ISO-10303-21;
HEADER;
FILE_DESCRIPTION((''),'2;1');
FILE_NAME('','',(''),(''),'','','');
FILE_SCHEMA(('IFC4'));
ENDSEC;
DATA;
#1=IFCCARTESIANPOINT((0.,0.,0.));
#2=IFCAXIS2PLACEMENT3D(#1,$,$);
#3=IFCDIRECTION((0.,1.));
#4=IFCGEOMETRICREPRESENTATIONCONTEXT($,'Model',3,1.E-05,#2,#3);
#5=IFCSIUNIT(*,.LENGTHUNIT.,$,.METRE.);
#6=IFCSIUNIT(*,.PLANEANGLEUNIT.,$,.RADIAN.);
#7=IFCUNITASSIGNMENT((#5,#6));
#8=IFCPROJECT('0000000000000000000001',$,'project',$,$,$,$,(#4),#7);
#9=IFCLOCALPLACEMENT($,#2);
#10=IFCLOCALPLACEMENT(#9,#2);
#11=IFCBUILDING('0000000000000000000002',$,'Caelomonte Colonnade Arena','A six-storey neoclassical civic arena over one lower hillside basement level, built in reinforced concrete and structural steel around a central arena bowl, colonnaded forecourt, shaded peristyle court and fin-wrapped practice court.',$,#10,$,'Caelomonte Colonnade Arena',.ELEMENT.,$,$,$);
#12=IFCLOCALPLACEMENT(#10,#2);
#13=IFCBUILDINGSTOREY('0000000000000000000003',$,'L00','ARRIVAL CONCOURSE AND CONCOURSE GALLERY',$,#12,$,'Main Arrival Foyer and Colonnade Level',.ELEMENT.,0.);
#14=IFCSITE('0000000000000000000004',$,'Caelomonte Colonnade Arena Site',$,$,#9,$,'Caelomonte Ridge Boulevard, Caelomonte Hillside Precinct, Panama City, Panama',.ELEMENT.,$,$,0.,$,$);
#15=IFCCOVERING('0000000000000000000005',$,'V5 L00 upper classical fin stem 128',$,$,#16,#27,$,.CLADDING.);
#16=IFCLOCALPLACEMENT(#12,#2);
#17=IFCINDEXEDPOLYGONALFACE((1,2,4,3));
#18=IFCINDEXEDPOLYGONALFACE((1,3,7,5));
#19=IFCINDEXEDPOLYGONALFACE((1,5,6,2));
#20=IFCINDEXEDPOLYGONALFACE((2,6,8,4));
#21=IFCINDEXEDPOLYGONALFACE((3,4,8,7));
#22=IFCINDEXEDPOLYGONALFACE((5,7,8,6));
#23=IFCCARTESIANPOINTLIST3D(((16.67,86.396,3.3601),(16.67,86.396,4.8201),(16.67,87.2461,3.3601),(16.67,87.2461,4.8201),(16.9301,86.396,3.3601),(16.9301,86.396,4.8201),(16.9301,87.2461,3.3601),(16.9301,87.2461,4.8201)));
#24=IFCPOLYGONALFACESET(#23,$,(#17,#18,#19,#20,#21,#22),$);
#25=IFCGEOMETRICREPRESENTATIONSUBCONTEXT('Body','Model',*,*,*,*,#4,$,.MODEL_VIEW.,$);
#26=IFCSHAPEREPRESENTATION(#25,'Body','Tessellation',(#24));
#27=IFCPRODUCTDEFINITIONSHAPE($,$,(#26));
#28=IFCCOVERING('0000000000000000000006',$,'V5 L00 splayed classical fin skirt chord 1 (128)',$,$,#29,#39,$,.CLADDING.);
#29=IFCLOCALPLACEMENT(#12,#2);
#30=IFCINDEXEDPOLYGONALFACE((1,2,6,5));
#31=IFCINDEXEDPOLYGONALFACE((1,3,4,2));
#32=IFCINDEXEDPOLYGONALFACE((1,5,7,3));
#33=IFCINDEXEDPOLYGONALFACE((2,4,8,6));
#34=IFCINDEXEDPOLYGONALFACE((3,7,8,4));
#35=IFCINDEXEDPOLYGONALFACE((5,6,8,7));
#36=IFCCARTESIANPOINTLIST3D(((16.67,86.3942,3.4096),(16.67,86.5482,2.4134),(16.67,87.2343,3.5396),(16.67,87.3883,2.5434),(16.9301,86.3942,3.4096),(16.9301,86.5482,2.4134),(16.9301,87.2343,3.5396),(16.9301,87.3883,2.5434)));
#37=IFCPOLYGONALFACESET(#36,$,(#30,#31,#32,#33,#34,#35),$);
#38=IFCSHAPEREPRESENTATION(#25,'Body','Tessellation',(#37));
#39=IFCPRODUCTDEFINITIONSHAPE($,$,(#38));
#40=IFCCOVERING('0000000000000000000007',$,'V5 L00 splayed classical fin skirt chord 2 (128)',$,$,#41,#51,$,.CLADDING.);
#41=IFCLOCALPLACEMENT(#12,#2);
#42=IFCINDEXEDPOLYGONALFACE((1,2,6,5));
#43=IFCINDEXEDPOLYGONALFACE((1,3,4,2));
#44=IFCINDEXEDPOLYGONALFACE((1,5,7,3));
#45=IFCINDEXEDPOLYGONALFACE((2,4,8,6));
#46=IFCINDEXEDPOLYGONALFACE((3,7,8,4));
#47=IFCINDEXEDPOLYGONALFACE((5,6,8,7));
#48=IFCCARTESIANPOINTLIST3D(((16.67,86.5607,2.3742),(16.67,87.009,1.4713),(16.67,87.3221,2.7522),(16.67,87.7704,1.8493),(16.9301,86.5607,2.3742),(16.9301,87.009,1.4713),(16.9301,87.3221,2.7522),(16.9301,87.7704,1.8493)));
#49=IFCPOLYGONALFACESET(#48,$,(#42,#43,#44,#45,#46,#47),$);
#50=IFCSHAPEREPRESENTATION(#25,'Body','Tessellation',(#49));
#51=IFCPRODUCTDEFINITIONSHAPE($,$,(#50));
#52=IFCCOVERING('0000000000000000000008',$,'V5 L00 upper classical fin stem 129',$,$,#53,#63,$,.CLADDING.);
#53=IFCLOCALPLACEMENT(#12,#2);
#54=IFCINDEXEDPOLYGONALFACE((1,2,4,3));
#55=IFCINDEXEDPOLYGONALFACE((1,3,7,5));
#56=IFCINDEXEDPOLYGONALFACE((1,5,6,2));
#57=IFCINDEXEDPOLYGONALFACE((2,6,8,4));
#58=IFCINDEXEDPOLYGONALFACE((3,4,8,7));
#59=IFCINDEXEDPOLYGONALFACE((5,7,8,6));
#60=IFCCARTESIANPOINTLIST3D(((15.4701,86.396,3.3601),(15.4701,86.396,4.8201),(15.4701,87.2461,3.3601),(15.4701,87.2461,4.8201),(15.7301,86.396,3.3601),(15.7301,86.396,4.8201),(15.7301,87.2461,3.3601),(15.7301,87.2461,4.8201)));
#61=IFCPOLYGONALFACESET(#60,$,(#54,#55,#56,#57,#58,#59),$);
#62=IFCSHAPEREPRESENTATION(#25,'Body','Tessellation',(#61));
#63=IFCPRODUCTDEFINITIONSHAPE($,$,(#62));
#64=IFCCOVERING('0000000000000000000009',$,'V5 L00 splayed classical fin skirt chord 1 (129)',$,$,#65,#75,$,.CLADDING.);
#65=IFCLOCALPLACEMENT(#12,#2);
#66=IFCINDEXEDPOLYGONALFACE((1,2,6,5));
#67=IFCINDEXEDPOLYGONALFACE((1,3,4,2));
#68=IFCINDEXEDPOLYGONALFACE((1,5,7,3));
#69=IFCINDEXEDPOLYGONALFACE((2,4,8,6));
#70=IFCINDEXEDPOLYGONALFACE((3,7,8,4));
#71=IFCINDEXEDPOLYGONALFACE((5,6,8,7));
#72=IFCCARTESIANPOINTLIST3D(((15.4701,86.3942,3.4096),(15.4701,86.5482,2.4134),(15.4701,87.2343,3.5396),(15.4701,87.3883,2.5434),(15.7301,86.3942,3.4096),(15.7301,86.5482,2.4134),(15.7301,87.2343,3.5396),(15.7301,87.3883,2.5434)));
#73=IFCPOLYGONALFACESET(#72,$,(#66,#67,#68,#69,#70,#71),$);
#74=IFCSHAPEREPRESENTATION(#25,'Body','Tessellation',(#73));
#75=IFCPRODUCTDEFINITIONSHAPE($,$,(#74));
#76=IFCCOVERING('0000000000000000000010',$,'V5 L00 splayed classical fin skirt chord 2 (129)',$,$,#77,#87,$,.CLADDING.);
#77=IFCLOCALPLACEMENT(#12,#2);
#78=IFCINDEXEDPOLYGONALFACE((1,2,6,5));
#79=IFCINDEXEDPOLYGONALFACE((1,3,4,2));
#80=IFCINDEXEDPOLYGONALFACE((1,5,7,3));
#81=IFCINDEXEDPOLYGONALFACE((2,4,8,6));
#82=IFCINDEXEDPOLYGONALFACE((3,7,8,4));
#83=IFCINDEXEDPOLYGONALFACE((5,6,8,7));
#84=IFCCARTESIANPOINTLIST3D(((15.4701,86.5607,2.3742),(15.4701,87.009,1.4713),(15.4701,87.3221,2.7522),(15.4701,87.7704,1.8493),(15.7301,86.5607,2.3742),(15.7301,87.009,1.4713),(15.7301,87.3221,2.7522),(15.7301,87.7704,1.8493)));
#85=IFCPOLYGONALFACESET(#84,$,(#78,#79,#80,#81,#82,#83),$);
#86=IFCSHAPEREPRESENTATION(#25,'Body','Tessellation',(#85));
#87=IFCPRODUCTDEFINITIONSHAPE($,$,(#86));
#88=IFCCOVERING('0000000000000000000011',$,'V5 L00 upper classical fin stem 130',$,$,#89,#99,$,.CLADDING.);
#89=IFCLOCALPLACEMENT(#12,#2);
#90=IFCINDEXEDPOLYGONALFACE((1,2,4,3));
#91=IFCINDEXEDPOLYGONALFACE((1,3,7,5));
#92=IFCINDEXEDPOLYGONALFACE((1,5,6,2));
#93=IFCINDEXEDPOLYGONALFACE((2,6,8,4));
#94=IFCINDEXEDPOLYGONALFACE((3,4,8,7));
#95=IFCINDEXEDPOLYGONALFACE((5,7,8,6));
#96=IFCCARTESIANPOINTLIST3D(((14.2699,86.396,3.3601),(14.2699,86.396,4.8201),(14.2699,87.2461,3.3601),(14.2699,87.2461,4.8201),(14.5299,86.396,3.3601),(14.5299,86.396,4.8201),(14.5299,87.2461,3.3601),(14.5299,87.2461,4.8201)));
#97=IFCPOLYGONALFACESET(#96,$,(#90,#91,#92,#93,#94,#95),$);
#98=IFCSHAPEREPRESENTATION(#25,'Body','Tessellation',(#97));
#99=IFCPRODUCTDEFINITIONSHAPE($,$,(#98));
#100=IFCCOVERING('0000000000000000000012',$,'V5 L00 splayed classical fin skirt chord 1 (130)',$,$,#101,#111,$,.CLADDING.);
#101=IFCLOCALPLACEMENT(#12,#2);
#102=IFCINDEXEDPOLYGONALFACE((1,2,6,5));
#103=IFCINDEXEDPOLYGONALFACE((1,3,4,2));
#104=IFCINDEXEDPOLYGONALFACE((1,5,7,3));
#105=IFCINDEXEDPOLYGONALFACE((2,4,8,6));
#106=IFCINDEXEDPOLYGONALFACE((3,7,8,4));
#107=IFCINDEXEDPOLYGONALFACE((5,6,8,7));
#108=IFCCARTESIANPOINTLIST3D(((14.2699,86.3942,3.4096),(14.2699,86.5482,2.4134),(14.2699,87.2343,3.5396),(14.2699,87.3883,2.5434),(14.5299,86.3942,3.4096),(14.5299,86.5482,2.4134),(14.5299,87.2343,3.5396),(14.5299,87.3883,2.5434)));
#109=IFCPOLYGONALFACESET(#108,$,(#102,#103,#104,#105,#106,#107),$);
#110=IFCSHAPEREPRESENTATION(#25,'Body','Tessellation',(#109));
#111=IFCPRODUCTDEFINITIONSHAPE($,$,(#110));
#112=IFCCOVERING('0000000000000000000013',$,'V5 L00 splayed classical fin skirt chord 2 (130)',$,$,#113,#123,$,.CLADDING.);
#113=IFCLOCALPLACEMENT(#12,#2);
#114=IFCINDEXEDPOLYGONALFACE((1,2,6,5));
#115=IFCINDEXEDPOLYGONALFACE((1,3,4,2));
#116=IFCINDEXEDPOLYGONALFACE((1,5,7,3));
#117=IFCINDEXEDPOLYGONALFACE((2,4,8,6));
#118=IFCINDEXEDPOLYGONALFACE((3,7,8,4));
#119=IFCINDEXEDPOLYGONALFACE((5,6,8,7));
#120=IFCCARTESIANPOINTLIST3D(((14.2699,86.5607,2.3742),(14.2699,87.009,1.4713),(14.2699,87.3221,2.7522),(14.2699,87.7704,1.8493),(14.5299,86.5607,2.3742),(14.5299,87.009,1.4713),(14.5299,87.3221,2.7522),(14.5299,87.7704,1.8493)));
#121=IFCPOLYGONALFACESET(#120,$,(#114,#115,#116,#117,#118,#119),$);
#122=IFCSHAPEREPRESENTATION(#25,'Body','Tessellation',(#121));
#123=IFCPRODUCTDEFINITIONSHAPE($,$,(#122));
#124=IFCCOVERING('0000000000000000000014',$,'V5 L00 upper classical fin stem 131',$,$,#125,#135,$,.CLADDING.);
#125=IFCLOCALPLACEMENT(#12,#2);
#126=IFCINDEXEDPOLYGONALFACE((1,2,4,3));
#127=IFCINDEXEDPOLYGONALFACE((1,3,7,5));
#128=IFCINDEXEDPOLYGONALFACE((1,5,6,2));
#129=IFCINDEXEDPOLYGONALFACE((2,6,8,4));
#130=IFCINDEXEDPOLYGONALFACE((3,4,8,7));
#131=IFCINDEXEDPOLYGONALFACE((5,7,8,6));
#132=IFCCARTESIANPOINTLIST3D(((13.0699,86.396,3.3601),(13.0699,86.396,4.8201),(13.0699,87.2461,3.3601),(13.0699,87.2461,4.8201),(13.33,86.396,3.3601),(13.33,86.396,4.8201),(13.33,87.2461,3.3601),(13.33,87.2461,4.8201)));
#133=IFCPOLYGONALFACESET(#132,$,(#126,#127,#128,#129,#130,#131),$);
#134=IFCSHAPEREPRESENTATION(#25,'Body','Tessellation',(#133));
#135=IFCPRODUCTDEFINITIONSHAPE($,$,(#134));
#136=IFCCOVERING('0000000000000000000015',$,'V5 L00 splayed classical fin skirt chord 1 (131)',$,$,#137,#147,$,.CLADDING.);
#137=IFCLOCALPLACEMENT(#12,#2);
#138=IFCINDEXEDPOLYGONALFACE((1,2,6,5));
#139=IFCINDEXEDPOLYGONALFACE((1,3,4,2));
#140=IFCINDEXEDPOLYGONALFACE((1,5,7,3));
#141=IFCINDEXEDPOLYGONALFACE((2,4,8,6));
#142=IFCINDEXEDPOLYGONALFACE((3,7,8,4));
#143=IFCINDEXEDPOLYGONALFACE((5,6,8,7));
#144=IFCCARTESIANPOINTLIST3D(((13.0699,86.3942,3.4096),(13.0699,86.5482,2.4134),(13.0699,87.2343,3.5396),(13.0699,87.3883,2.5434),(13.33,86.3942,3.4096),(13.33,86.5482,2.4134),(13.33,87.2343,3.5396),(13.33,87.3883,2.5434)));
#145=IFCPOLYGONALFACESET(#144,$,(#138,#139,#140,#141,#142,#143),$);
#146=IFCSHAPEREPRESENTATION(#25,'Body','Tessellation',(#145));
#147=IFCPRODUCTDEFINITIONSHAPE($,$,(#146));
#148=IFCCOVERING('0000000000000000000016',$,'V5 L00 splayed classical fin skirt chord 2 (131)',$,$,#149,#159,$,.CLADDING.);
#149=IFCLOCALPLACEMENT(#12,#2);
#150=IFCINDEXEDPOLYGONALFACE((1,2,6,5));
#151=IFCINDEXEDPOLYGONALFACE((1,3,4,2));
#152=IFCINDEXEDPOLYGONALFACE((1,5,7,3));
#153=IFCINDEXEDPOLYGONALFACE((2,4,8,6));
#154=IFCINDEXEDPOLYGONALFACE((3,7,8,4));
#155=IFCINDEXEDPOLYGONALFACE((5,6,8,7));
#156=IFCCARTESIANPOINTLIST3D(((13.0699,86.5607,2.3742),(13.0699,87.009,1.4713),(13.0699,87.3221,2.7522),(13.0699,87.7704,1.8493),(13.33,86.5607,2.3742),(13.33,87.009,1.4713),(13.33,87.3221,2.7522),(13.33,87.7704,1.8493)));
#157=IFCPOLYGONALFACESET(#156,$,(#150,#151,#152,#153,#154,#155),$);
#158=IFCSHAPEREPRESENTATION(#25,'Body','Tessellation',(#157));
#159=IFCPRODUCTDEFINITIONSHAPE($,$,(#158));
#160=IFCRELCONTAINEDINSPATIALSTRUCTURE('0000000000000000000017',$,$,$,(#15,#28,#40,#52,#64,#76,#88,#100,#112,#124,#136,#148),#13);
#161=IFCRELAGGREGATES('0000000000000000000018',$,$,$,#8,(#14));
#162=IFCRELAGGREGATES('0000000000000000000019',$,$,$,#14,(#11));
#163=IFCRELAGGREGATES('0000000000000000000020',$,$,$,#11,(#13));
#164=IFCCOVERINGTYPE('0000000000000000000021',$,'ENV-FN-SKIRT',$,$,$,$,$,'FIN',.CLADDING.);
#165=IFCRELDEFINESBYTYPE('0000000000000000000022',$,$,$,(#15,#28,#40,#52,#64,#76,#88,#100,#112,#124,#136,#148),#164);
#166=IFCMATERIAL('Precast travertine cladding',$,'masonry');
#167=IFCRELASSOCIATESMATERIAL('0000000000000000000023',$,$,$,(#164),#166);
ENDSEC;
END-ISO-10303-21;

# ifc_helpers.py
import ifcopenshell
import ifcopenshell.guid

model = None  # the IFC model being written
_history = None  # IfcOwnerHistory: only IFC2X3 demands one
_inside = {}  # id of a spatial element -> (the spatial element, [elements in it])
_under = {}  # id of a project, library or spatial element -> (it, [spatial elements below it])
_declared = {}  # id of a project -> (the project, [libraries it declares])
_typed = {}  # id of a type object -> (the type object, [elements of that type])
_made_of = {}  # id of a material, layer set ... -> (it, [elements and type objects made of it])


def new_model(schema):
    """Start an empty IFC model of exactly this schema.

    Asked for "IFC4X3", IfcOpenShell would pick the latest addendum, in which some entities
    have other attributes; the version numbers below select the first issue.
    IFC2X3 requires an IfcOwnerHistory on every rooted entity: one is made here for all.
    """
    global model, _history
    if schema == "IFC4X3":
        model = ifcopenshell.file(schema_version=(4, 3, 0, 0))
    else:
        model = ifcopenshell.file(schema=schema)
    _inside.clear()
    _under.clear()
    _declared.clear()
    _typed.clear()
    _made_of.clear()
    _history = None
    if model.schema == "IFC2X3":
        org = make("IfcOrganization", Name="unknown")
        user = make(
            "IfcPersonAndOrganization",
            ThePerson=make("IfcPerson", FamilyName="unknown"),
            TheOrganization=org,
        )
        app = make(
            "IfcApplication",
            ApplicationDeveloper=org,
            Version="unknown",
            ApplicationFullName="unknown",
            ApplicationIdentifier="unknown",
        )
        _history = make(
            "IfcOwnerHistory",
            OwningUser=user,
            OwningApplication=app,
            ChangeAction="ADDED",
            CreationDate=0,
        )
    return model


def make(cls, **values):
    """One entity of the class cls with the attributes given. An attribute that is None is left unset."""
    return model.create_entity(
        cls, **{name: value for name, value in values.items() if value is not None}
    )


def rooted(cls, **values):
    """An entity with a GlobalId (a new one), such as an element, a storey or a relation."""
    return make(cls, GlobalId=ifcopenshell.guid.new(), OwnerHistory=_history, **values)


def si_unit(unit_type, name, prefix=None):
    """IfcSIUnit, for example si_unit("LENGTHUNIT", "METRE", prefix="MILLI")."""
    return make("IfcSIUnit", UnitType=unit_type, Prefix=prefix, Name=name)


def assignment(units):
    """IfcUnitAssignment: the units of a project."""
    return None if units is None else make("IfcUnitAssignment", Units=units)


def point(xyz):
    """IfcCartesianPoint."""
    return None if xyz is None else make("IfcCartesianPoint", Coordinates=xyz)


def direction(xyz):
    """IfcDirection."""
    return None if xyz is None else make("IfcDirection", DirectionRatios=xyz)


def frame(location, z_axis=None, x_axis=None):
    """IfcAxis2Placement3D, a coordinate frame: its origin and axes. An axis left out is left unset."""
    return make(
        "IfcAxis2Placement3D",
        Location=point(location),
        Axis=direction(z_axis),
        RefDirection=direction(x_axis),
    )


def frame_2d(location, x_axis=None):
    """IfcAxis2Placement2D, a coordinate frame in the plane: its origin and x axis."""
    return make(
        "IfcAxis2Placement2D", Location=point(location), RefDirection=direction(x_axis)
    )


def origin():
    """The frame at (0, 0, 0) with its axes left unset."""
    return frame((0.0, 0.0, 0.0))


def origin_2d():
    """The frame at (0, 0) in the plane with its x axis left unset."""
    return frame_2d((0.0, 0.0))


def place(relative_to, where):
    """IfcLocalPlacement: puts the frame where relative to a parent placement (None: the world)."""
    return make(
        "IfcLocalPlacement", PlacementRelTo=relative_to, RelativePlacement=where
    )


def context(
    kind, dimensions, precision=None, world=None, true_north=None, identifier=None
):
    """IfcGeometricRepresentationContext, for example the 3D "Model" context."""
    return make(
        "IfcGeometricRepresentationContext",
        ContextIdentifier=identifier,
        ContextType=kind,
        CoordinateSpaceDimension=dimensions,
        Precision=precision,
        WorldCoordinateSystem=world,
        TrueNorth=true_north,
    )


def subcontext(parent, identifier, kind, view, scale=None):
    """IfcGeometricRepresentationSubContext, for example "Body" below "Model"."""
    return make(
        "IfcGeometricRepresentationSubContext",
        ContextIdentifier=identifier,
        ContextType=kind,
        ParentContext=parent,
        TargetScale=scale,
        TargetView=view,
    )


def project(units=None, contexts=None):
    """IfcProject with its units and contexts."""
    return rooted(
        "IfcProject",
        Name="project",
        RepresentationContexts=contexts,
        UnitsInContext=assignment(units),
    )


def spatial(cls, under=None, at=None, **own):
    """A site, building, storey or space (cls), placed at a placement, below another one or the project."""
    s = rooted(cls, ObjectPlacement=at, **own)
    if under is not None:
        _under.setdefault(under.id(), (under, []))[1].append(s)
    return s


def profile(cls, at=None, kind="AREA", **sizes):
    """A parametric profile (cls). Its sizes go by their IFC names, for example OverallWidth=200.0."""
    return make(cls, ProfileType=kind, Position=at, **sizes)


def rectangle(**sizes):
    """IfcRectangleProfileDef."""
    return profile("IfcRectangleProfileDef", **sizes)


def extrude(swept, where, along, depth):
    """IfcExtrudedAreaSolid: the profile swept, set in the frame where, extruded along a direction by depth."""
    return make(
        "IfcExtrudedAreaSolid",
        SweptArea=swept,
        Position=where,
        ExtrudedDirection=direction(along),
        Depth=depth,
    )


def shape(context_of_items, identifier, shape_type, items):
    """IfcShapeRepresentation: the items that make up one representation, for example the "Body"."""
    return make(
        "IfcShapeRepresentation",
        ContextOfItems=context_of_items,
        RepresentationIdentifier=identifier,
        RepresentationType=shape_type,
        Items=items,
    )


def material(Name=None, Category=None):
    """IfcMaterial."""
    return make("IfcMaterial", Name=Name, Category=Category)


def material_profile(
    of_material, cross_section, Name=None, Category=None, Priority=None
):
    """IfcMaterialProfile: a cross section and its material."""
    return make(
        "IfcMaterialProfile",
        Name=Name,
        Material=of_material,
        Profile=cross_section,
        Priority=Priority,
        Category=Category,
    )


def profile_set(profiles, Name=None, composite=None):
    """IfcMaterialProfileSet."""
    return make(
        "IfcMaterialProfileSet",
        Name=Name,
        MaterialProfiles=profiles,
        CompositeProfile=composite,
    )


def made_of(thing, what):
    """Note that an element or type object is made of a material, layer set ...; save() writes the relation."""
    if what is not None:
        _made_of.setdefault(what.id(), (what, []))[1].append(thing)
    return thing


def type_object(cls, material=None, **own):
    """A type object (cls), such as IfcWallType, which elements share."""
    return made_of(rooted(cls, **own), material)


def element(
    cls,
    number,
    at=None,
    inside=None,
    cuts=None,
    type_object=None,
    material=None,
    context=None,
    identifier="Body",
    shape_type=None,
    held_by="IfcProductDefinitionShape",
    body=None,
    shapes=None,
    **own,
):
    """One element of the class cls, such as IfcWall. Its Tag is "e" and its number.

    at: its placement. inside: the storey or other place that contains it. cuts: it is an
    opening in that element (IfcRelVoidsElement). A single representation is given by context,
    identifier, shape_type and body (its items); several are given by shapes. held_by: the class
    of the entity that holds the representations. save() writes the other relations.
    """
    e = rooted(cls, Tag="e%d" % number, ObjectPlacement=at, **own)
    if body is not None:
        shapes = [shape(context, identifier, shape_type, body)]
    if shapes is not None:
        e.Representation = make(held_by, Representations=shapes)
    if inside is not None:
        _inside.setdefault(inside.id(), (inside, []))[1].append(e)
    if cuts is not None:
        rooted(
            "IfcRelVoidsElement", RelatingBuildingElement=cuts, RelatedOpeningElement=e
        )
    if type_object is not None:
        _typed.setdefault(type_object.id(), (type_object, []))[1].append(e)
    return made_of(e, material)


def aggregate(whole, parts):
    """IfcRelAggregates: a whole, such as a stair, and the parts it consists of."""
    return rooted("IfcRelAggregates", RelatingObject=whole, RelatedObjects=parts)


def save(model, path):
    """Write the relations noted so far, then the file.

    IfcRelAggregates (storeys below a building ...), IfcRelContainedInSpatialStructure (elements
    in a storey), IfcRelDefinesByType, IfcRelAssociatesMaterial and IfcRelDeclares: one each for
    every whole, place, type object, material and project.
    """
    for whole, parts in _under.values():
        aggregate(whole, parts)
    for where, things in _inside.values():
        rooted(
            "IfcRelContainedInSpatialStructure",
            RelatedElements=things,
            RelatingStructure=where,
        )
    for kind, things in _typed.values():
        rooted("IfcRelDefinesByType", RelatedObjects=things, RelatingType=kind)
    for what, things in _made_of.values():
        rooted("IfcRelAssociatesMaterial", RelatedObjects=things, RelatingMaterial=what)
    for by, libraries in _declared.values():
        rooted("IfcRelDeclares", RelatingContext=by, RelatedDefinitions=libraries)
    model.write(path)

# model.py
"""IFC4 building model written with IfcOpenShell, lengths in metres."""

from ifc_helpers import new_model, si_unit, direction, frame, origin, origin_2d, place, context, subcontext, project, spatial, rectangle, extrude, material, material_profile, profile_set, type_object, element, save


model = new_model("IFC4")

# Units and contexts
model_context = context("Model", 3, precision=1e-05, world=origin(), true_north=direction((0.0, 1.0)))
body_context = subcontext(model_context, "Body", "Model", "MODEL_VIEW")
ifc_project = project(units=[si_unit("LENGTHUNIT", "METRE"), si_unit("PLANEANGLEUNIT", "RADIAN")], contexts=[model_context])

# Site, building, storey
site_placement = place(None, origin())
site = spatial("IfcSite", under=ifc_project, at=site_placement, Name="Caelomonte Colonnade Arena Site", LongName="Caelomonte Ridge Boulevard, Caelomonte Hillside Precinct, Panama City, Panama", CompositionType="ELEMENT", RefElevation=0.0)
building_placement = place(site_placement, origin())
building = spatial("IfcBuilding", under=site, at=building_placement, Name="Caelomonte Colonnade Arena", Description="A six-storey neoclassical civic arena over one lower hillside basement level, built in reinforced concrete and structural steel around a central arena bowl, colonnaded forecourt, shaded peristyle court and fin-wrapped practice court.", LongName="Caelomonte Colonnade Arena", CompositionType="ELEMENT")
storey_placement = place(building_placement, origin())
storey = spatial("IfcBuildingStorey", under=building, at=storey_placement, Name="L00", Description="ARRIVAL CONCOURSE AND CONCOURSE GALLERY", LongName="Main Arrival Foyer and Colonnade Level", CompositionType="ELEMENT", Elevation=0.0)

# Coverings
ifc_material_1 = material(Name="Precast travertine cladding", Category="masonry")
ifc_material_profile_1 = material_profile(ifc_material_1, rectangle(XDim=0.26, YDim=0.8501, at=origin_2d()), Name="FIN260X850")
ifc_profile_set_1 = profile_set([ifc_material_profile_1], Name="Precast travertine cladding")
covering_type = type_object("IfcCoveringType", Name="ENV-FN-SKIRT", ElementType="FIN", PredefinedType="CLADDING", material=ifc_profile_set_1)
covering_1_placement = place(storey_placement, frame((16.8, 86.821, 3.3601), z_axis=(0.0, 0.0, 1.0), x_axis=(1.0, 0.0, 0.0)))
element("IfcCovering", 1, at=covering_1_placement, inside=storey, type_object=covering_type, Name="V5 L00 upper classical fin stem 128", PredefinedType="CLADDING", context=body_context, shape_type="SweptSolid", body=[
    extrude(rectangle(XDim=0.26, YDim=0.8501, at=origin_2d()), origin(), (0.0, 0.0, 1.0), 1.46),
])
for number, where, z_axis, x_axis, name in (
    (2, (16.8, 86.8142, 3.4746), (0.0, 0.15284, -0.988251), (-1.0, 0.0, 0.0), "V5 L00 splayed classical fin skirt chord 1 (128)"),
    (3, (16.8, 86.9414, 2.5632), (0.0, 0.444693, -0.895683), (-1.0, 0.0, 0.0), "V5 L00 splayed classical fin skirt chord 2 (128)"),
):
    element("IfcCovering", number, at=place(storey_placement, frame(where, z_axis=z_axis, x_axis=x_axis)), inside=storey, type_object=covering_type, Name=name, PredefinedType="CLADDING", context=body_context, shape_type="SweptSolid", body=[
        extrude(rectangle(XDim=0.26, YDim=0.8501, at=origin_2d()), origin(), (0.0, 0.0, 1.0), 1.0081),
    ])
covering_2_placement = place(storey_placement, frame((15.6001, 86.821, 3.3601), z_axis=(0.0, 0.0, 1.0), x_axis=(1.0, 0.0, 0.0)))
element("IfcCovering", 4, at=covering_2_placement, inside=storey, type_object=covering_type, Name="V5 L00 upper classical fin stem 129", PredefinedType="CLADDING", context=body_context, shape_type="SweptSolid", body=[
    extrude(rectangle(XDim=0.26, YDim=0.8501, at=origin_2d()), origin(), (0.0, 0.0, 1.0), 1.46),
])
for number, where, z_axis, x_axis, name in (
    (5, (15.6001, 86.8142, 3.4746), (0.0, 0.15284, -0.988251), (-1.0, 0.0, 0.0), "V5 L00 splayed classical fin skirt chord 1 (129)"),
    (6, (15.6001, 86.9414, 2.5632), (0.0, 0.444693, -0.895683), (-1.0, 0.0, 0.0), "V5 L00 splayed classical fin skirt chord 2 (129)"),
):
    element("IfcCovering", number, at=place(storey_placement, frame(where, z_axis=z_axis, x_axis=x_axis)), inside=storey, type_object=covering_type, Name=name, PredefinedType="CLADDING", context=body_context, shape_type="SweptSolid", body=[
        extrude(rectangle(XDim=0.26, YDim=0.8501, at=origin_2d()), origin(), (0.0, 0.0, 1.0), 1.0081),
    ])
covering_3_placement = place(storey_placement, frame((14.3999, 86.821, 3.3601), z_axis=(0.0, 0.0, 1.0), x_axis=(1.0, 0.0, 0.0)))
element("IfcCovering", 7, at=covering_3_placement, inside=storey, type_object=covering_type, Name="V5 L00 upper classical fin stem 130", PredefinedType="CLADDING", context=body_context, shape_type="SweptSolid", body=[
    extrude(rectangle(XDim=0.26, YDim=0.8501, at=origin_2d()), origin(), (0.0, 0.0, 1.0), 1.46),
])
for number, where, z_axis, x_axis, name in (
    (8, (14.3999, 86.8142, 3.4746), (0.0, 0.15284, -0.988251), (-1.0, 0.0, 0.0), "V5 L00 splayed classical fin skirt chord 1 (130)"),
    (9, (14.3999, 86.9414, 2.5632), (0.0, 0.444693, -0.895683), (-1.0, 0.0, 0.0), "V5 L00 splayed classical fin skirt chord 2 (130)"),
):
    element("IfcCovering", number, at=place(storey_placement, frame(where, z_axis=z_axis, x_axis=x_axis)), inside=storey, type_object=covering_type, Name=name, PredefinedType="CLADDING", context=body_context, shape_type="SweptSolid", body=[
        extrude(rectangle(XDim=0.26, YDim=0.8501, at=origin_2d()), origin(), (0.0, 0.0, 1.0), 1.0081),
    ])
covering_4_placement = place(storey_placement, frame((13.2, 86.821, 3.3601), z_axis=(0.0, 0.0, 1.0), x_axis=(1.0, 0.0, 0.0)))
element("IfcCovering", 10, at=covering_4_placement, inside=storey, type_object=covering_type, Name="V5 L00 upper classical fin stem 131", PredefinedType="CLADDING", context=body_context, shape_type="SweptSolid", body=[
    extrude(rectangle(XDim=0.26, YDim=0.8501, at=origin_2d()), origin(), (0.0, 0.0, 1.0), 1.46),
])
for number, where, z_axis, x_axis, name in (
    (11, (13.2, 86.8142, 3.4746), (0.0, 0.15284, -0.988251), (-1.0, 0.0, 0.0), "V5 L00 splayed classical fin skirt chord 1 (131)"),
    (12, (13.2, 86.9414, 2.5632), (0.0, 0.444693, -0.895683), (-1.0, 0.0, 0.0), "V5 L00 splayed classical fin skirt chord 2 (131)"),
):
    element("IfcCovering", number, at=place(storey_placement, frame(where, z_axis=z_axis, x_axis=x_axis)), inside=storey, type_object=covering_type, Name=name, PredefinedType="CLADDING", context=body_context, shape_type="SweptSolid", body=[
        extrude(rectangle(XDim=0.26, YDim=0.8501, at=origin_2d()), origin(), (0.0, 0.0, 1.0), 1.0081),
    ])

save(model, "model.ifc")
